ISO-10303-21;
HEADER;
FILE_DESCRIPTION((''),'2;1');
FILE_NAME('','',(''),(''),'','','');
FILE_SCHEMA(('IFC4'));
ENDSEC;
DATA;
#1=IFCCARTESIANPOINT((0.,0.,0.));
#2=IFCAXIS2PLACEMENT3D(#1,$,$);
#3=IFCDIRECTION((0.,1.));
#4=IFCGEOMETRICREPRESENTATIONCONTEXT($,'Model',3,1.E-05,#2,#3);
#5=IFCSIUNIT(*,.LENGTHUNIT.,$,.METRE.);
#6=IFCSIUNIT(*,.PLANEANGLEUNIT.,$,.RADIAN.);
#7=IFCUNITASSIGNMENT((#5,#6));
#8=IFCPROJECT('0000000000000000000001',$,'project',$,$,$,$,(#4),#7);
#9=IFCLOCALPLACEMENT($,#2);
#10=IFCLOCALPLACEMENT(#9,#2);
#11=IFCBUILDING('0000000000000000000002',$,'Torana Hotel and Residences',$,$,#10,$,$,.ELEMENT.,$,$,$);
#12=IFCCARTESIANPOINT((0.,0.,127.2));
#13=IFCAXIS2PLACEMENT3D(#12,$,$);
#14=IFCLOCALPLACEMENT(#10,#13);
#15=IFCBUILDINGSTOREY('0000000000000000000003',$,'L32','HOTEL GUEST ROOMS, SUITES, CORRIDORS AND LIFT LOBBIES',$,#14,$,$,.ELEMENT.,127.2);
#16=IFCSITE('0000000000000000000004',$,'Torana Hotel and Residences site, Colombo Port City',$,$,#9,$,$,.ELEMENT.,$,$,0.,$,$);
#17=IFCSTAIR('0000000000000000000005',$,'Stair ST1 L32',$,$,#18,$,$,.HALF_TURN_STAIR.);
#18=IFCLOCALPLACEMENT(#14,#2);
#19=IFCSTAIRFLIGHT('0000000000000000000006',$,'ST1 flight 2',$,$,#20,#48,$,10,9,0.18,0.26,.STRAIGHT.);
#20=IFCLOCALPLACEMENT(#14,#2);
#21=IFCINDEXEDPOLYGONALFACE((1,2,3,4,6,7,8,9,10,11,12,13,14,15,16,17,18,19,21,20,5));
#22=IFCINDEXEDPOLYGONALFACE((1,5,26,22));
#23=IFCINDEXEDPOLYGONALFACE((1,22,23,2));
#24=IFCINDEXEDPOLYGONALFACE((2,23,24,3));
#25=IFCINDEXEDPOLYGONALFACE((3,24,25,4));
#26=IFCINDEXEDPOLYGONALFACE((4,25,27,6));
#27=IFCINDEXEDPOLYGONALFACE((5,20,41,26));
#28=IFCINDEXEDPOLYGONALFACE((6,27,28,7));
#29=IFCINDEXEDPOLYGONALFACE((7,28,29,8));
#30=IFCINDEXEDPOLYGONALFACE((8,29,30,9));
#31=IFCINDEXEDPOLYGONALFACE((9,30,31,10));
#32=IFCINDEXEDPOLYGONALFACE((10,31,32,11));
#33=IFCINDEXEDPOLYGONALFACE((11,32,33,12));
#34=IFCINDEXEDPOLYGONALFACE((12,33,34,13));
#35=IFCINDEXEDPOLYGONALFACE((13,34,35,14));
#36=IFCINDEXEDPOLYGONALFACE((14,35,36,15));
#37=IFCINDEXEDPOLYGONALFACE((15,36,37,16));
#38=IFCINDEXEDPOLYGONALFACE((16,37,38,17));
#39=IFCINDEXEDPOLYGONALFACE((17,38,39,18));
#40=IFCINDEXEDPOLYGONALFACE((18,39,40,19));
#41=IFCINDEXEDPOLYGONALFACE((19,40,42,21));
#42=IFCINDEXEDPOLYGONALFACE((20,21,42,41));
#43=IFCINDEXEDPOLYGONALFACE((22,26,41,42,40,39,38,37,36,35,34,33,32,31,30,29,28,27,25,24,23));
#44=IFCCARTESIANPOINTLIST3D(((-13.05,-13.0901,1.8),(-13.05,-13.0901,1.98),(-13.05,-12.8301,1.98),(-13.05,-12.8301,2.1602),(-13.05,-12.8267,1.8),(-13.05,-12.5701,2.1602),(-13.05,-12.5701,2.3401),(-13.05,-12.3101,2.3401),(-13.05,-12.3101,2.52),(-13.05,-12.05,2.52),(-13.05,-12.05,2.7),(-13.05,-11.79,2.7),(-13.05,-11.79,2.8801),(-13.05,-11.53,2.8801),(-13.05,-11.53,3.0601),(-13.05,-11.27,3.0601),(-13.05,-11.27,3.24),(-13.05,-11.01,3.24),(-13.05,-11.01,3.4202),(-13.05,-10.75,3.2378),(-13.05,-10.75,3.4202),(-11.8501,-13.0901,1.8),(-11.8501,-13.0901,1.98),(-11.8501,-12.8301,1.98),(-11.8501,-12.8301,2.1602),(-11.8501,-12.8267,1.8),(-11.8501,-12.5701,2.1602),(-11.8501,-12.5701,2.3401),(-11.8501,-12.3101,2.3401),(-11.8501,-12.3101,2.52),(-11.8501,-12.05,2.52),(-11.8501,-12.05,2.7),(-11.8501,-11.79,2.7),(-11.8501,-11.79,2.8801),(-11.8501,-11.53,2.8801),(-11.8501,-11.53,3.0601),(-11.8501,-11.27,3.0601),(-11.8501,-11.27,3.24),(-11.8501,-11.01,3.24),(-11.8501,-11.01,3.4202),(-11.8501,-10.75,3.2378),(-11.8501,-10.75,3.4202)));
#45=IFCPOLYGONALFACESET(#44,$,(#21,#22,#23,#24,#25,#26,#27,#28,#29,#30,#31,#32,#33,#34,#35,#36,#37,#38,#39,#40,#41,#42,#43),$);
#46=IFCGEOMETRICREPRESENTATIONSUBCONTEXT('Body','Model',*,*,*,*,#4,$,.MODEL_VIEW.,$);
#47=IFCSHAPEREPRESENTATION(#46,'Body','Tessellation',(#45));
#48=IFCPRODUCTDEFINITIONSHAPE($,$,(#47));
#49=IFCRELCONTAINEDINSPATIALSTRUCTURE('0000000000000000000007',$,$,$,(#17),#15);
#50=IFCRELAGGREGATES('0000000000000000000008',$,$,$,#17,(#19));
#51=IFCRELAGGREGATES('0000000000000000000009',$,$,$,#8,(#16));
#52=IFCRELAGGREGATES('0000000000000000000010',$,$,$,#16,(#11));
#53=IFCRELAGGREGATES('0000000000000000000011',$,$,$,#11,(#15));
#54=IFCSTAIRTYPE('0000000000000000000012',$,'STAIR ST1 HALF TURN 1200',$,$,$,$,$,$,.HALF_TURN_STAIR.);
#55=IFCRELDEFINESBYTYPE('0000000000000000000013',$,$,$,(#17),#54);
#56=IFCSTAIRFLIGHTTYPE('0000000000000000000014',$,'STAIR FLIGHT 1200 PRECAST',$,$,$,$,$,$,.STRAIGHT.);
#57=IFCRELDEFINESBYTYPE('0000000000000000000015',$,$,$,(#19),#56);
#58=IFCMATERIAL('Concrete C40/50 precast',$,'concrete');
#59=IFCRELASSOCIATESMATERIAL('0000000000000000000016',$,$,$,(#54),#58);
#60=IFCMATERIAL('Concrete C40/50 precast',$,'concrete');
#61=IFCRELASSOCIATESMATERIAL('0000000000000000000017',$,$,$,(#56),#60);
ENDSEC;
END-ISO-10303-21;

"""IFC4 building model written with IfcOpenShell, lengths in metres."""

from ifc_helpers import new_model, si_unit, direction, frame, origin, place, context, subcontext, project, spatial, polyline, outline, extrude, material, type_object, element, aggregate, save


model = new_model("IFC4")

# Units and contexts
model_context = context("Model", 3, precision=1e-05, world=origin(), true_north=direction((0.0, 1.0)))
body_context = subcontext(model_context, "Body", "Model", "MODEL_VIEW")
ifc_project = project(units=[si_unit("LENGTHUNIT", "METRE"), si_unit("PLANEANGLEUNIT", "RADIAN")], contexts=[model_context])

# Site, building, storey
site_placement = place(None, origin())
site = spatial("IfcSite", under=ifc_project, at=site_placement, Name="Torana Hotel and Residences site, Colombo Port City", CompositionType="ELEMENT", RefElevation=0.0)
building_placement = place(site_placement, origin())
building = spatial("IfcBuilding", under=site, at=building_placement, Name="Torana Hotel and Residences", CompositionType="ELEMENT")
storey_placement = place(building_placement, frame((0.0, 0.0, 127.2)))
storey = spatial("IfcBuildingStorey", under=building, at=storey_placement, Name="L32", Description="HOTEL GUEST ROOMS, SUITES, CORRIDORS AND LIFT LOBBIES", CompositionType="ELEMENT", Elevation=127.2)

# Stair, stair flight
ifc_material_1 = material(Name="Concrete C40/50 precast", Category="concrete")
stair_type = type_object("IfcStairType", Name="STAIR ST1 HALF TURN 1200", PredefinedType="HALF_TURN_STAIR", material=ifc_material_1)
stair_placement = place(storey_placement, origin())
stair = element("IfcStair", 1, at=stair_placement, inside=storey, type_object=stair_type, Name="Stair ST1 L32", PredefinedType="HALF_TURN_STAIR")
ifc_material_2 = material(Name="Concrete C40/50 precast", Category="concrete")
stair_flight_type = type_object("IfcStairFlightType", Name="STAIR FLIGHT 1200 PRECAST", PredefinedType="STRAIGHT", material=ifc_material_2)
stair_flight_placement = place(storey_placement, frame((-12.45, -13.0901, 1.8), z_axis=(0.0, 0.0, 1.0), x_axis=(0.0, 1.0, 0.0)))
stair_flight = element("IfcStairFlight", 2, at=stair_flight_placement, type_object=stair_flight_type, Name="ST1 flight 2", NumberOfRisers=10, NumberOfTreads=9, PredefinedType="STRAIGHT", RiserHeight=0.18, TreadLength=0.26, context=body_context, shape_type="SweptSolid", body=[
    extrude(outline(polyline([(0.0, 0.0), (0.0, 0.1799), (0.26, 0.1799), (0.26, 0.3601), (0.52, 0.3601), (0.52, 0.54), (0.78, 0.54), (0.78, 0.72), (1.04, 0.72), (1.04, 0.8999), (1.3, 0.8999), (1.3, 1.0801), (1.5601, 1.0801), (1.5601, 1.26), (1.8201, 1.26), (1.8201, 1.4399), (2.0801, 1.4399), (2.0801, 1.6201), (2.3401, 1.6201), (2.3401, 1.8), (2.3401, 1.4377), (0.2634, 0.0), (0.0, 0.0)])), frame((0.0, 0.6001, 0.0), z_axis=(0.0, -1.0, 0.0), x_axis=(1.0, 0.0, 0.0)), (0.0, 0.0, 1.0), 1.2),
])
aggregate(stair, [stair_flight])

save(model, "model.ifc")
